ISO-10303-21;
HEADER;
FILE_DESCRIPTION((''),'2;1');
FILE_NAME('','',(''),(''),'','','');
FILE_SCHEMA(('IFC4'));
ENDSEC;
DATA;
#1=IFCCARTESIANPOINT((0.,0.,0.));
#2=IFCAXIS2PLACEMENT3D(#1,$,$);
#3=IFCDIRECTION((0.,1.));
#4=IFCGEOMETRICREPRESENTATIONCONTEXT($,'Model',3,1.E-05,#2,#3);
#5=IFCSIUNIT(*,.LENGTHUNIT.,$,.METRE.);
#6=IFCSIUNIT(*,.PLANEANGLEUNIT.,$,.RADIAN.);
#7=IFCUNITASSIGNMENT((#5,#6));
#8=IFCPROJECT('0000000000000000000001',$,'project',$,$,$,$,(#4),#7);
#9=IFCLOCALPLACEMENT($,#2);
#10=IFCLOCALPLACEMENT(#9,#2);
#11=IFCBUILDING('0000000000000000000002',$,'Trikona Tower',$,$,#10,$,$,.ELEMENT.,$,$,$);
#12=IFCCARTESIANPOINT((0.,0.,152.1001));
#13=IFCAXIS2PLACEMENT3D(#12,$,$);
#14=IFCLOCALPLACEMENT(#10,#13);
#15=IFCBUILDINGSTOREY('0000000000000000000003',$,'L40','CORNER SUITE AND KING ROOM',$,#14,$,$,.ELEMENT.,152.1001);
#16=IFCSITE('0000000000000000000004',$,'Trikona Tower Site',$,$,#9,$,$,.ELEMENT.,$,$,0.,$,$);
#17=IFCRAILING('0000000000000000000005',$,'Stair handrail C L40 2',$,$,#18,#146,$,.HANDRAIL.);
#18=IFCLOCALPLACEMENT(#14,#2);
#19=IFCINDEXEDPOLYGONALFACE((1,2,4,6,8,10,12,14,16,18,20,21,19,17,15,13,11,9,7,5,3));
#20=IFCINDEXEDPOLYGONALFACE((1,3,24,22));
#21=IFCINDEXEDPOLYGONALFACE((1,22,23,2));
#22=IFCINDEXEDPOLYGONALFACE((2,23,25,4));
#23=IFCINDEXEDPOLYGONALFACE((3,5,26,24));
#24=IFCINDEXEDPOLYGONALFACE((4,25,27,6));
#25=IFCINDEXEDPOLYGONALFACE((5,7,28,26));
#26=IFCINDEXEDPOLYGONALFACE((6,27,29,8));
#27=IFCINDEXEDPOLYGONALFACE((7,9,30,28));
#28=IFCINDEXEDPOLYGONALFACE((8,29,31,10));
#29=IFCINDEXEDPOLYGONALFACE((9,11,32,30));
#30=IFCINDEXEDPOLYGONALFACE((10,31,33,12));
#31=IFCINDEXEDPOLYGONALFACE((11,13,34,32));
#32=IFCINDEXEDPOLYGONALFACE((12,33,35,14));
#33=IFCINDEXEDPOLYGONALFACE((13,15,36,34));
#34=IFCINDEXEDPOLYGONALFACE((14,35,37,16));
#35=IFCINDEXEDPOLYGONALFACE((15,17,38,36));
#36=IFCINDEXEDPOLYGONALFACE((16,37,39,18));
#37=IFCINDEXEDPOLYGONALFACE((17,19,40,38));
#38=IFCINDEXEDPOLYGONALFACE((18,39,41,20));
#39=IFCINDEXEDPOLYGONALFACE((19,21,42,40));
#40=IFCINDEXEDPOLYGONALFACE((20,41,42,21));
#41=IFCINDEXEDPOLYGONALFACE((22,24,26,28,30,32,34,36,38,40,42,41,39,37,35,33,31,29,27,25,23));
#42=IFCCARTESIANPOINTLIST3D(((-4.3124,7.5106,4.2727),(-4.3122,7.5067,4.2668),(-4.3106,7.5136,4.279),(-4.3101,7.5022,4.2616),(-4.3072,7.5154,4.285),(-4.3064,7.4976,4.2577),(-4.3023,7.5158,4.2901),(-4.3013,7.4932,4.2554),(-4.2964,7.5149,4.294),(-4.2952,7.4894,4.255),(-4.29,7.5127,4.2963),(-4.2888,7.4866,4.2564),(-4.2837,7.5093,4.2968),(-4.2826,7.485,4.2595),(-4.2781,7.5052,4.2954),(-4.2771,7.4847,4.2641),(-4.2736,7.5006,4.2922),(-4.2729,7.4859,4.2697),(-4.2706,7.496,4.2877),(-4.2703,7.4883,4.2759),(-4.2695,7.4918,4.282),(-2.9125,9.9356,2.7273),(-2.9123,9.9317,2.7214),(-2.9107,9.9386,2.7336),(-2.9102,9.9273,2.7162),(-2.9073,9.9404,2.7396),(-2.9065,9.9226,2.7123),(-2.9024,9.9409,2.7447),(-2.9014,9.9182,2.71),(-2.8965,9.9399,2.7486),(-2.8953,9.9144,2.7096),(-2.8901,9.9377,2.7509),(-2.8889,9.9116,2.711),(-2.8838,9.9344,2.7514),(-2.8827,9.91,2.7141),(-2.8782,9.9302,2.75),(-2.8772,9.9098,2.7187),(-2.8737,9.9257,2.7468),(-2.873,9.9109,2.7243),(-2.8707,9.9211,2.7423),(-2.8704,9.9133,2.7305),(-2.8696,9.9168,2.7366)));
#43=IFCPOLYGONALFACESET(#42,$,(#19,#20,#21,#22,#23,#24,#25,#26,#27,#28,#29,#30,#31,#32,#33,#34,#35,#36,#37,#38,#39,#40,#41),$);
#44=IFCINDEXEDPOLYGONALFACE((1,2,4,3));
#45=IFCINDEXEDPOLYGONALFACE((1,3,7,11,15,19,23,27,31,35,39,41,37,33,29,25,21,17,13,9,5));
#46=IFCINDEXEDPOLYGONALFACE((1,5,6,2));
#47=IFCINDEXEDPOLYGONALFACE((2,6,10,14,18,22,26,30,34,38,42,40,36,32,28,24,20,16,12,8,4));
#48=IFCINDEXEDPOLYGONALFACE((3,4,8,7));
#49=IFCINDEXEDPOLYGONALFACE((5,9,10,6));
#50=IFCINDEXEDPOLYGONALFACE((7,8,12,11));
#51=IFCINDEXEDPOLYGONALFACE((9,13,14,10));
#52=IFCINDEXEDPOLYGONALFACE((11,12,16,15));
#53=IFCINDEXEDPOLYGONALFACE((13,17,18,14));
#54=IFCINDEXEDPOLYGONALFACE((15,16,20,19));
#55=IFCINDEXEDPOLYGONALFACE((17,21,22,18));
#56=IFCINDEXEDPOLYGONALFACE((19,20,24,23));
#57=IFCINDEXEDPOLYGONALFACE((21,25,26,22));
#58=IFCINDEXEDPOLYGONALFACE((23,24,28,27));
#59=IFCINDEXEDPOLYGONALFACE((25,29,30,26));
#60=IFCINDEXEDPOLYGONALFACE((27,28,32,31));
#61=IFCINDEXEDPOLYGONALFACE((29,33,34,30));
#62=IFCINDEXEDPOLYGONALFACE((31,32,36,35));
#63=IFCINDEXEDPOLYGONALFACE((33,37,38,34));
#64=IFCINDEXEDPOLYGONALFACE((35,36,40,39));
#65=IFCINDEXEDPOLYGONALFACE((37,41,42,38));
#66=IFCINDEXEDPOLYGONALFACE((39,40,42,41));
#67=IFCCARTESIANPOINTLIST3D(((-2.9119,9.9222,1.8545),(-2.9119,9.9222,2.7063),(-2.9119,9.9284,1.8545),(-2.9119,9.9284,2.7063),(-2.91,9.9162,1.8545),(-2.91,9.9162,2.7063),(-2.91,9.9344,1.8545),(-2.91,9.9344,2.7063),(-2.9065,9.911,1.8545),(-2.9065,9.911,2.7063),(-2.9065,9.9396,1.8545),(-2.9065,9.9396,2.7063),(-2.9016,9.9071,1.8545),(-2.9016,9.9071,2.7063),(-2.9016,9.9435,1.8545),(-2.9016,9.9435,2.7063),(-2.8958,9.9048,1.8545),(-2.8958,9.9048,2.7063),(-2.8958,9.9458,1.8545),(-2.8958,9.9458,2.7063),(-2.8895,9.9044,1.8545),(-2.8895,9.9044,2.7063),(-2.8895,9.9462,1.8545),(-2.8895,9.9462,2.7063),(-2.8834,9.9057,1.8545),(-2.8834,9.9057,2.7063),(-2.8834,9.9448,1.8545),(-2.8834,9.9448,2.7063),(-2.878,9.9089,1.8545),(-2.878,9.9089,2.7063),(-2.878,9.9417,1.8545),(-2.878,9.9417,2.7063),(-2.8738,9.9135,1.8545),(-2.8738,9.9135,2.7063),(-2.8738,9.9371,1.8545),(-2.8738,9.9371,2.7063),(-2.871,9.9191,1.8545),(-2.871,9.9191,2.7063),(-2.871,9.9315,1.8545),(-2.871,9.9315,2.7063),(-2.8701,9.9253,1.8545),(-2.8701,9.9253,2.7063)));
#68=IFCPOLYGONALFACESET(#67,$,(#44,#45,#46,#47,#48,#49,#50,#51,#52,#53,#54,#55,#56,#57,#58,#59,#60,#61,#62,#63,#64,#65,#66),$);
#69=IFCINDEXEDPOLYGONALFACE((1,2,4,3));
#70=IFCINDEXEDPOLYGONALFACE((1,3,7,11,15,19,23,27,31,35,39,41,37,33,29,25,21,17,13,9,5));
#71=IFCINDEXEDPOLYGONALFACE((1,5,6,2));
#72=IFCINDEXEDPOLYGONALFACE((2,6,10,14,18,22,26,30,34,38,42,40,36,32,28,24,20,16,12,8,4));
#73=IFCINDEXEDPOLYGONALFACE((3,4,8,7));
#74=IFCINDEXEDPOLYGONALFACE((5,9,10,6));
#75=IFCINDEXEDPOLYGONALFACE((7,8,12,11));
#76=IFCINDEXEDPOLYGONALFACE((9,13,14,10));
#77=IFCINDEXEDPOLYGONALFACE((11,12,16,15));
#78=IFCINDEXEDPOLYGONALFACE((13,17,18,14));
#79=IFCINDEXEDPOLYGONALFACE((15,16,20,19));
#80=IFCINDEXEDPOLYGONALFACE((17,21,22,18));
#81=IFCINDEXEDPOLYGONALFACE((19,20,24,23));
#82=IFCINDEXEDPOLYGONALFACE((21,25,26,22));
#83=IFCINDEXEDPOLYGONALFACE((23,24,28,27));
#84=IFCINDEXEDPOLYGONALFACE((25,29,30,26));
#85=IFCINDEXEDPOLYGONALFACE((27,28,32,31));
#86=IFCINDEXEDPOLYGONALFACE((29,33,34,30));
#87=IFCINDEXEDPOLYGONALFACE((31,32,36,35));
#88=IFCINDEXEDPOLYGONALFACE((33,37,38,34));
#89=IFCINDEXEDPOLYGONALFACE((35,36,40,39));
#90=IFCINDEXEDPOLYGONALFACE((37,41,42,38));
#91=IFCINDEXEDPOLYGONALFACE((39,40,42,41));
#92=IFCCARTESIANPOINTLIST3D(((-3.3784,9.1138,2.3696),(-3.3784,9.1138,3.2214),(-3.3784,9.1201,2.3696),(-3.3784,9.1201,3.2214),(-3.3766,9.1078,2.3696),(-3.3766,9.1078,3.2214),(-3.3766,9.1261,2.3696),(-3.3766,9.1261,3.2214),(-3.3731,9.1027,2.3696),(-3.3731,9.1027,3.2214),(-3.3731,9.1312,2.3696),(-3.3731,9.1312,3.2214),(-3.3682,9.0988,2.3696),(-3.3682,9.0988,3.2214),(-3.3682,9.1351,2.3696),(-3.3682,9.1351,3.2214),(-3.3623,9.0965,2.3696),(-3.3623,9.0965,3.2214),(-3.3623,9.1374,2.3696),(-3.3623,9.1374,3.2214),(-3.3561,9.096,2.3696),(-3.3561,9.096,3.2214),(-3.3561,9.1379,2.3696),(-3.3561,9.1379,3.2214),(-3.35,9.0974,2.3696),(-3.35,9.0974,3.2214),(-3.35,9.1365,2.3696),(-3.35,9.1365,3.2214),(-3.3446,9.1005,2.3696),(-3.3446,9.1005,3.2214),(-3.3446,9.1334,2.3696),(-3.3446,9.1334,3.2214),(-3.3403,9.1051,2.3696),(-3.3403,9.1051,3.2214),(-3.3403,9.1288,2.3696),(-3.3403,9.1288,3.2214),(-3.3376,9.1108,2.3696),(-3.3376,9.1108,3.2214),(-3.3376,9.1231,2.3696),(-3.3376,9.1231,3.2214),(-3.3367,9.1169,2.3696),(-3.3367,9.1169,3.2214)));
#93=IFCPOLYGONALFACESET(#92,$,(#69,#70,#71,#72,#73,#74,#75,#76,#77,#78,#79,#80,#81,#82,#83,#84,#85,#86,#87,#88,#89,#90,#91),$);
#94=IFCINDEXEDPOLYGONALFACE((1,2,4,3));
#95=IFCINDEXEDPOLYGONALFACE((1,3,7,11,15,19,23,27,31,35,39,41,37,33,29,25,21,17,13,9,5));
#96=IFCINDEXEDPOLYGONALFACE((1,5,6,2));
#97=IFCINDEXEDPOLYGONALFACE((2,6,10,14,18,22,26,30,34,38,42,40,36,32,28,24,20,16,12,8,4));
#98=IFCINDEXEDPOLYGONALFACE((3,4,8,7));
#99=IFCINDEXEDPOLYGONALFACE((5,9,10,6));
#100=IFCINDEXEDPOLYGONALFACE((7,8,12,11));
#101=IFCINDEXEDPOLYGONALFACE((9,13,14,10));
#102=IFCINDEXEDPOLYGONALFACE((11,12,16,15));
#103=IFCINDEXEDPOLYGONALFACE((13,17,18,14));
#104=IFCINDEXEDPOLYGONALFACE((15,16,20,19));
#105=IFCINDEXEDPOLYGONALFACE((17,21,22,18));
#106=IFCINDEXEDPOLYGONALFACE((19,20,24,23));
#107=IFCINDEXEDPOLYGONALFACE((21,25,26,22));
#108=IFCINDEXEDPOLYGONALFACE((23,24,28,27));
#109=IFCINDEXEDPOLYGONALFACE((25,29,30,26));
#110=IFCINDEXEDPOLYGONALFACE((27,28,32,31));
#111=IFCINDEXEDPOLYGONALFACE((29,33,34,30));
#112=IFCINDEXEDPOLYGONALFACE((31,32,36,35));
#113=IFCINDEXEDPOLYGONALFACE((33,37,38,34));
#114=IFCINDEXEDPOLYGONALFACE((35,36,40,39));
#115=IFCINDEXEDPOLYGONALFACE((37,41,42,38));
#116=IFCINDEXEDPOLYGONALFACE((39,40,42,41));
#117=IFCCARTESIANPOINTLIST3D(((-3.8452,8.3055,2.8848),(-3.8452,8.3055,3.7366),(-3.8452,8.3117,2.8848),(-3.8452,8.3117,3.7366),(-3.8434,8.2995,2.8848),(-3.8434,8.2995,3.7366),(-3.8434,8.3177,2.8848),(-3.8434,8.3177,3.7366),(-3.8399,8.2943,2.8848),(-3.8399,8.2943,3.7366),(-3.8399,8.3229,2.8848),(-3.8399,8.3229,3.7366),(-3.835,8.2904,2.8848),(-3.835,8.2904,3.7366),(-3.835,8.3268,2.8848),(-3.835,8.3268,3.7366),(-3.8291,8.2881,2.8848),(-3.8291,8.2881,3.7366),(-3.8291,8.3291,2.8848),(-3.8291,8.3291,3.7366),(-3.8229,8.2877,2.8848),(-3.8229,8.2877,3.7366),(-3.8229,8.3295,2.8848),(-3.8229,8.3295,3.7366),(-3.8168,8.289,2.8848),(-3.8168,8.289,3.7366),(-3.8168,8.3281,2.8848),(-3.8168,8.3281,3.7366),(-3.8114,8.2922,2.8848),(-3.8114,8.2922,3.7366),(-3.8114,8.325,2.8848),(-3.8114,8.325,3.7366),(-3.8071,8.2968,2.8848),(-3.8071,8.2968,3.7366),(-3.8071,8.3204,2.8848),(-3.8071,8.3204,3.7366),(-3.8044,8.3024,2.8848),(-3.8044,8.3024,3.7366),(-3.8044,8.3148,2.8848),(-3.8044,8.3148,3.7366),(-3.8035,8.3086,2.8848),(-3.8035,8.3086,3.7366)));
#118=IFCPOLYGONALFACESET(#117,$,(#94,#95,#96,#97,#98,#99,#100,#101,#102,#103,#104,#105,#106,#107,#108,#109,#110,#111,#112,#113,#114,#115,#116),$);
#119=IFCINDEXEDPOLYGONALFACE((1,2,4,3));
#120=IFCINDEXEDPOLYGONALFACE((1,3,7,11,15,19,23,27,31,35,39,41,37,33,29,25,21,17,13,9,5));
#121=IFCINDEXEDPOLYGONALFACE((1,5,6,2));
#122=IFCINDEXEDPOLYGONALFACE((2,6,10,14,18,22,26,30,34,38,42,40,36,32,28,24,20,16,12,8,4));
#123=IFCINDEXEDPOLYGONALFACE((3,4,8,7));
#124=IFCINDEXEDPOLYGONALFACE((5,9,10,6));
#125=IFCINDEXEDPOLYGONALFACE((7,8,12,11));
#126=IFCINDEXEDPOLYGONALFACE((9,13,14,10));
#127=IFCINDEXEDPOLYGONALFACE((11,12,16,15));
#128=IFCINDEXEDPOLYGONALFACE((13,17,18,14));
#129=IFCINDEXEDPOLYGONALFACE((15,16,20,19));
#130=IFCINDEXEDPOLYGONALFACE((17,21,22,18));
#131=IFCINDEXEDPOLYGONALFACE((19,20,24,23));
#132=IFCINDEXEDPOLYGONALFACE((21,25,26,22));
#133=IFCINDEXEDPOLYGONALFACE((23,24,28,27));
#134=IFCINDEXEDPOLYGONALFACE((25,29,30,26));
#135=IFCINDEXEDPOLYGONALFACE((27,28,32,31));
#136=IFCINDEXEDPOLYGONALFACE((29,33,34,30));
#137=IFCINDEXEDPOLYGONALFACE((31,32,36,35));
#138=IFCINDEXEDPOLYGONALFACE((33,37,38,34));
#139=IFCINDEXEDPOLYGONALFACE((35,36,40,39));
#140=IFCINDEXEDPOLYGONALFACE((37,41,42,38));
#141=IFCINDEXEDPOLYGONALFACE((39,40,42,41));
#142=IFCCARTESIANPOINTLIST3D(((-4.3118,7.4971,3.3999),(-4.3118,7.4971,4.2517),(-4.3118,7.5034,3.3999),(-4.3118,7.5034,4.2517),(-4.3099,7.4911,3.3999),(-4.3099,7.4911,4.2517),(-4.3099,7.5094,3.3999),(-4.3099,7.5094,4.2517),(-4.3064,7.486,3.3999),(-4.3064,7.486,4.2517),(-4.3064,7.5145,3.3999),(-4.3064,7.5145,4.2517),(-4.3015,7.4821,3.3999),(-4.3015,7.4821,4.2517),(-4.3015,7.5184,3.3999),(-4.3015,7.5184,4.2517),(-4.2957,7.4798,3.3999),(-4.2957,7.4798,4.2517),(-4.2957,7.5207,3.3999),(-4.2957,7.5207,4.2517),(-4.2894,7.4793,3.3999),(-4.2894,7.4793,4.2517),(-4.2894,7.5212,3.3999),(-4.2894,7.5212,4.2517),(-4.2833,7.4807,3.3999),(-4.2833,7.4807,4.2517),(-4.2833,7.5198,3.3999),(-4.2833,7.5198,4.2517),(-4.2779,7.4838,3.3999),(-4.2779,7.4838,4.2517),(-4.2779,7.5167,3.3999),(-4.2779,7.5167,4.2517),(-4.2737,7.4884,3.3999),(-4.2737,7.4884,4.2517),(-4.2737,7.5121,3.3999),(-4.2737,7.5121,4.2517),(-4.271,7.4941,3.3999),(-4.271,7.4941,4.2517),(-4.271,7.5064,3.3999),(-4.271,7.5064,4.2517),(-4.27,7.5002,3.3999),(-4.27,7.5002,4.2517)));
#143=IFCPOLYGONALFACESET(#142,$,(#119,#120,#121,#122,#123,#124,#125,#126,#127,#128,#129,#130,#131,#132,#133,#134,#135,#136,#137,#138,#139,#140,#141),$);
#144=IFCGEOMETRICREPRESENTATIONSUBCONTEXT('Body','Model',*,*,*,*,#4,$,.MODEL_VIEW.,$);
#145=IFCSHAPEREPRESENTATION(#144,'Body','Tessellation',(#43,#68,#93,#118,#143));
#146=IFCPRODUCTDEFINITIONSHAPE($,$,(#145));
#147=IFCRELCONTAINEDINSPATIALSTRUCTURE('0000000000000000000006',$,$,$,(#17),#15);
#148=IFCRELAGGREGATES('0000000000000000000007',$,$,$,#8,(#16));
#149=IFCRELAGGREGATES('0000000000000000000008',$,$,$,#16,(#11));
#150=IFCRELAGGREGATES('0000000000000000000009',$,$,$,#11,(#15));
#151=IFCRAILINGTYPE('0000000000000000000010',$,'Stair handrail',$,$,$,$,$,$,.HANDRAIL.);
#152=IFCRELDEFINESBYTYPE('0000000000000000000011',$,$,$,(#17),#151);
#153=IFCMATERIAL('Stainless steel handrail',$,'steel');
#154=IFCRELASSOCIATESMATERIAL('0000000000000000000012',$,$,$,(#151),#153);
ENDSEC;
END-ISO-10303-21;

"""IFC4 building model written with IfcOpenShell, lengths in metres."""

from ifc_helpers import new_model, si_unit, direction, frame, origin, origin_2d, place, context, subcontext, project, spatial, circle, extrude, material, type_object, element, save


model = new_model("IFC4")

# Units and contexts
model_context = context("Model", 3, precision=1e-05, world=origin(), true_north=direction((0.0, 1.0)))
body_context = subcontext(model_context, "Body", "Model", "MODEL_VIEW")
ifc_project = project(units=[si_unit("LENGTHUNIT", "METRE"), si_unit("PLANEANGLEUNIT", "RADIAN")], contexts=[model_context])

# Site, building, storey
site_placement = place(None, origin())
site = spatial("IfcSite", under=ifc_project, at=site_placement, Name="Trikona Tower Site", CompositionType="ELEMENT", RefElevation=0.0)
building_placement = place(site_placement, origin())
building = spatial("IfcBuilding", under=site, at=building_placement, Name="Trikona Tower", CompositionType="ELEMENT")
storey_placement = place(building_placement, frame((0.0, 0.0, 152.1001)))
storey = spatial("IfcBuildingStorey", under=building, at=storey_placement, Name="L40", Description="CORNER SUITE AND KING ROOM", CompositionType="ELEMENT", Elevation=152.1001)

# Railing
ifc_material_1 = material(Name="Stainless steel handrail", Category="steel")
railing_type = type_object("IfcRailingType", Name="Stair handrail", PredefinedType="HANDRAIL", material=ifc_material_1)
railing_1_placement = place(storey_placement, frame((-2.8911, 9.9253, 1.8545)))
element("IfcRailing", 1, at=railing_1_placement, inside=storey, type_object=railing_type, Name="Stair handrail C L40 2", PredefinedType="HANDRAIL", context=body_context, shape_type="SweptSolid", body=[
    extrude(circle(Radius=0.0239, at=origin_2d()), frame((0.0, 0.0, 0.876), z_axis=(-0.437707, -0.75824, 0.483203), x_axis=(0.866056, -0.499946, 0.0)), (0.0, 0.0, 1.0), 3.1982),
    extrude(circle(Radius=0.021, at=origin_2d()), origin(), (0.0, 0.0, 1.0), 0.8518),
    extrude(circle(Radius=0.021, at=origin_2d()), frame((-0.4666, -0.8083, 0.5151)), (0.0, 0.0, 1.0), 0.8518),
    extrude(circle(Radius=0.021, at=origin_2d()), frame((-0.9333, -1.6167, 1.0303)), (0.0, 0.0, 1.0), 0.8518),
    extrude(circle(Radius=0.021, at=origin_2d()), frame((-1.3999, -2.425, 1.5454)), (0.0, 0.0, 1.0), 0.8518),
])

save(model, "model.ifc")
